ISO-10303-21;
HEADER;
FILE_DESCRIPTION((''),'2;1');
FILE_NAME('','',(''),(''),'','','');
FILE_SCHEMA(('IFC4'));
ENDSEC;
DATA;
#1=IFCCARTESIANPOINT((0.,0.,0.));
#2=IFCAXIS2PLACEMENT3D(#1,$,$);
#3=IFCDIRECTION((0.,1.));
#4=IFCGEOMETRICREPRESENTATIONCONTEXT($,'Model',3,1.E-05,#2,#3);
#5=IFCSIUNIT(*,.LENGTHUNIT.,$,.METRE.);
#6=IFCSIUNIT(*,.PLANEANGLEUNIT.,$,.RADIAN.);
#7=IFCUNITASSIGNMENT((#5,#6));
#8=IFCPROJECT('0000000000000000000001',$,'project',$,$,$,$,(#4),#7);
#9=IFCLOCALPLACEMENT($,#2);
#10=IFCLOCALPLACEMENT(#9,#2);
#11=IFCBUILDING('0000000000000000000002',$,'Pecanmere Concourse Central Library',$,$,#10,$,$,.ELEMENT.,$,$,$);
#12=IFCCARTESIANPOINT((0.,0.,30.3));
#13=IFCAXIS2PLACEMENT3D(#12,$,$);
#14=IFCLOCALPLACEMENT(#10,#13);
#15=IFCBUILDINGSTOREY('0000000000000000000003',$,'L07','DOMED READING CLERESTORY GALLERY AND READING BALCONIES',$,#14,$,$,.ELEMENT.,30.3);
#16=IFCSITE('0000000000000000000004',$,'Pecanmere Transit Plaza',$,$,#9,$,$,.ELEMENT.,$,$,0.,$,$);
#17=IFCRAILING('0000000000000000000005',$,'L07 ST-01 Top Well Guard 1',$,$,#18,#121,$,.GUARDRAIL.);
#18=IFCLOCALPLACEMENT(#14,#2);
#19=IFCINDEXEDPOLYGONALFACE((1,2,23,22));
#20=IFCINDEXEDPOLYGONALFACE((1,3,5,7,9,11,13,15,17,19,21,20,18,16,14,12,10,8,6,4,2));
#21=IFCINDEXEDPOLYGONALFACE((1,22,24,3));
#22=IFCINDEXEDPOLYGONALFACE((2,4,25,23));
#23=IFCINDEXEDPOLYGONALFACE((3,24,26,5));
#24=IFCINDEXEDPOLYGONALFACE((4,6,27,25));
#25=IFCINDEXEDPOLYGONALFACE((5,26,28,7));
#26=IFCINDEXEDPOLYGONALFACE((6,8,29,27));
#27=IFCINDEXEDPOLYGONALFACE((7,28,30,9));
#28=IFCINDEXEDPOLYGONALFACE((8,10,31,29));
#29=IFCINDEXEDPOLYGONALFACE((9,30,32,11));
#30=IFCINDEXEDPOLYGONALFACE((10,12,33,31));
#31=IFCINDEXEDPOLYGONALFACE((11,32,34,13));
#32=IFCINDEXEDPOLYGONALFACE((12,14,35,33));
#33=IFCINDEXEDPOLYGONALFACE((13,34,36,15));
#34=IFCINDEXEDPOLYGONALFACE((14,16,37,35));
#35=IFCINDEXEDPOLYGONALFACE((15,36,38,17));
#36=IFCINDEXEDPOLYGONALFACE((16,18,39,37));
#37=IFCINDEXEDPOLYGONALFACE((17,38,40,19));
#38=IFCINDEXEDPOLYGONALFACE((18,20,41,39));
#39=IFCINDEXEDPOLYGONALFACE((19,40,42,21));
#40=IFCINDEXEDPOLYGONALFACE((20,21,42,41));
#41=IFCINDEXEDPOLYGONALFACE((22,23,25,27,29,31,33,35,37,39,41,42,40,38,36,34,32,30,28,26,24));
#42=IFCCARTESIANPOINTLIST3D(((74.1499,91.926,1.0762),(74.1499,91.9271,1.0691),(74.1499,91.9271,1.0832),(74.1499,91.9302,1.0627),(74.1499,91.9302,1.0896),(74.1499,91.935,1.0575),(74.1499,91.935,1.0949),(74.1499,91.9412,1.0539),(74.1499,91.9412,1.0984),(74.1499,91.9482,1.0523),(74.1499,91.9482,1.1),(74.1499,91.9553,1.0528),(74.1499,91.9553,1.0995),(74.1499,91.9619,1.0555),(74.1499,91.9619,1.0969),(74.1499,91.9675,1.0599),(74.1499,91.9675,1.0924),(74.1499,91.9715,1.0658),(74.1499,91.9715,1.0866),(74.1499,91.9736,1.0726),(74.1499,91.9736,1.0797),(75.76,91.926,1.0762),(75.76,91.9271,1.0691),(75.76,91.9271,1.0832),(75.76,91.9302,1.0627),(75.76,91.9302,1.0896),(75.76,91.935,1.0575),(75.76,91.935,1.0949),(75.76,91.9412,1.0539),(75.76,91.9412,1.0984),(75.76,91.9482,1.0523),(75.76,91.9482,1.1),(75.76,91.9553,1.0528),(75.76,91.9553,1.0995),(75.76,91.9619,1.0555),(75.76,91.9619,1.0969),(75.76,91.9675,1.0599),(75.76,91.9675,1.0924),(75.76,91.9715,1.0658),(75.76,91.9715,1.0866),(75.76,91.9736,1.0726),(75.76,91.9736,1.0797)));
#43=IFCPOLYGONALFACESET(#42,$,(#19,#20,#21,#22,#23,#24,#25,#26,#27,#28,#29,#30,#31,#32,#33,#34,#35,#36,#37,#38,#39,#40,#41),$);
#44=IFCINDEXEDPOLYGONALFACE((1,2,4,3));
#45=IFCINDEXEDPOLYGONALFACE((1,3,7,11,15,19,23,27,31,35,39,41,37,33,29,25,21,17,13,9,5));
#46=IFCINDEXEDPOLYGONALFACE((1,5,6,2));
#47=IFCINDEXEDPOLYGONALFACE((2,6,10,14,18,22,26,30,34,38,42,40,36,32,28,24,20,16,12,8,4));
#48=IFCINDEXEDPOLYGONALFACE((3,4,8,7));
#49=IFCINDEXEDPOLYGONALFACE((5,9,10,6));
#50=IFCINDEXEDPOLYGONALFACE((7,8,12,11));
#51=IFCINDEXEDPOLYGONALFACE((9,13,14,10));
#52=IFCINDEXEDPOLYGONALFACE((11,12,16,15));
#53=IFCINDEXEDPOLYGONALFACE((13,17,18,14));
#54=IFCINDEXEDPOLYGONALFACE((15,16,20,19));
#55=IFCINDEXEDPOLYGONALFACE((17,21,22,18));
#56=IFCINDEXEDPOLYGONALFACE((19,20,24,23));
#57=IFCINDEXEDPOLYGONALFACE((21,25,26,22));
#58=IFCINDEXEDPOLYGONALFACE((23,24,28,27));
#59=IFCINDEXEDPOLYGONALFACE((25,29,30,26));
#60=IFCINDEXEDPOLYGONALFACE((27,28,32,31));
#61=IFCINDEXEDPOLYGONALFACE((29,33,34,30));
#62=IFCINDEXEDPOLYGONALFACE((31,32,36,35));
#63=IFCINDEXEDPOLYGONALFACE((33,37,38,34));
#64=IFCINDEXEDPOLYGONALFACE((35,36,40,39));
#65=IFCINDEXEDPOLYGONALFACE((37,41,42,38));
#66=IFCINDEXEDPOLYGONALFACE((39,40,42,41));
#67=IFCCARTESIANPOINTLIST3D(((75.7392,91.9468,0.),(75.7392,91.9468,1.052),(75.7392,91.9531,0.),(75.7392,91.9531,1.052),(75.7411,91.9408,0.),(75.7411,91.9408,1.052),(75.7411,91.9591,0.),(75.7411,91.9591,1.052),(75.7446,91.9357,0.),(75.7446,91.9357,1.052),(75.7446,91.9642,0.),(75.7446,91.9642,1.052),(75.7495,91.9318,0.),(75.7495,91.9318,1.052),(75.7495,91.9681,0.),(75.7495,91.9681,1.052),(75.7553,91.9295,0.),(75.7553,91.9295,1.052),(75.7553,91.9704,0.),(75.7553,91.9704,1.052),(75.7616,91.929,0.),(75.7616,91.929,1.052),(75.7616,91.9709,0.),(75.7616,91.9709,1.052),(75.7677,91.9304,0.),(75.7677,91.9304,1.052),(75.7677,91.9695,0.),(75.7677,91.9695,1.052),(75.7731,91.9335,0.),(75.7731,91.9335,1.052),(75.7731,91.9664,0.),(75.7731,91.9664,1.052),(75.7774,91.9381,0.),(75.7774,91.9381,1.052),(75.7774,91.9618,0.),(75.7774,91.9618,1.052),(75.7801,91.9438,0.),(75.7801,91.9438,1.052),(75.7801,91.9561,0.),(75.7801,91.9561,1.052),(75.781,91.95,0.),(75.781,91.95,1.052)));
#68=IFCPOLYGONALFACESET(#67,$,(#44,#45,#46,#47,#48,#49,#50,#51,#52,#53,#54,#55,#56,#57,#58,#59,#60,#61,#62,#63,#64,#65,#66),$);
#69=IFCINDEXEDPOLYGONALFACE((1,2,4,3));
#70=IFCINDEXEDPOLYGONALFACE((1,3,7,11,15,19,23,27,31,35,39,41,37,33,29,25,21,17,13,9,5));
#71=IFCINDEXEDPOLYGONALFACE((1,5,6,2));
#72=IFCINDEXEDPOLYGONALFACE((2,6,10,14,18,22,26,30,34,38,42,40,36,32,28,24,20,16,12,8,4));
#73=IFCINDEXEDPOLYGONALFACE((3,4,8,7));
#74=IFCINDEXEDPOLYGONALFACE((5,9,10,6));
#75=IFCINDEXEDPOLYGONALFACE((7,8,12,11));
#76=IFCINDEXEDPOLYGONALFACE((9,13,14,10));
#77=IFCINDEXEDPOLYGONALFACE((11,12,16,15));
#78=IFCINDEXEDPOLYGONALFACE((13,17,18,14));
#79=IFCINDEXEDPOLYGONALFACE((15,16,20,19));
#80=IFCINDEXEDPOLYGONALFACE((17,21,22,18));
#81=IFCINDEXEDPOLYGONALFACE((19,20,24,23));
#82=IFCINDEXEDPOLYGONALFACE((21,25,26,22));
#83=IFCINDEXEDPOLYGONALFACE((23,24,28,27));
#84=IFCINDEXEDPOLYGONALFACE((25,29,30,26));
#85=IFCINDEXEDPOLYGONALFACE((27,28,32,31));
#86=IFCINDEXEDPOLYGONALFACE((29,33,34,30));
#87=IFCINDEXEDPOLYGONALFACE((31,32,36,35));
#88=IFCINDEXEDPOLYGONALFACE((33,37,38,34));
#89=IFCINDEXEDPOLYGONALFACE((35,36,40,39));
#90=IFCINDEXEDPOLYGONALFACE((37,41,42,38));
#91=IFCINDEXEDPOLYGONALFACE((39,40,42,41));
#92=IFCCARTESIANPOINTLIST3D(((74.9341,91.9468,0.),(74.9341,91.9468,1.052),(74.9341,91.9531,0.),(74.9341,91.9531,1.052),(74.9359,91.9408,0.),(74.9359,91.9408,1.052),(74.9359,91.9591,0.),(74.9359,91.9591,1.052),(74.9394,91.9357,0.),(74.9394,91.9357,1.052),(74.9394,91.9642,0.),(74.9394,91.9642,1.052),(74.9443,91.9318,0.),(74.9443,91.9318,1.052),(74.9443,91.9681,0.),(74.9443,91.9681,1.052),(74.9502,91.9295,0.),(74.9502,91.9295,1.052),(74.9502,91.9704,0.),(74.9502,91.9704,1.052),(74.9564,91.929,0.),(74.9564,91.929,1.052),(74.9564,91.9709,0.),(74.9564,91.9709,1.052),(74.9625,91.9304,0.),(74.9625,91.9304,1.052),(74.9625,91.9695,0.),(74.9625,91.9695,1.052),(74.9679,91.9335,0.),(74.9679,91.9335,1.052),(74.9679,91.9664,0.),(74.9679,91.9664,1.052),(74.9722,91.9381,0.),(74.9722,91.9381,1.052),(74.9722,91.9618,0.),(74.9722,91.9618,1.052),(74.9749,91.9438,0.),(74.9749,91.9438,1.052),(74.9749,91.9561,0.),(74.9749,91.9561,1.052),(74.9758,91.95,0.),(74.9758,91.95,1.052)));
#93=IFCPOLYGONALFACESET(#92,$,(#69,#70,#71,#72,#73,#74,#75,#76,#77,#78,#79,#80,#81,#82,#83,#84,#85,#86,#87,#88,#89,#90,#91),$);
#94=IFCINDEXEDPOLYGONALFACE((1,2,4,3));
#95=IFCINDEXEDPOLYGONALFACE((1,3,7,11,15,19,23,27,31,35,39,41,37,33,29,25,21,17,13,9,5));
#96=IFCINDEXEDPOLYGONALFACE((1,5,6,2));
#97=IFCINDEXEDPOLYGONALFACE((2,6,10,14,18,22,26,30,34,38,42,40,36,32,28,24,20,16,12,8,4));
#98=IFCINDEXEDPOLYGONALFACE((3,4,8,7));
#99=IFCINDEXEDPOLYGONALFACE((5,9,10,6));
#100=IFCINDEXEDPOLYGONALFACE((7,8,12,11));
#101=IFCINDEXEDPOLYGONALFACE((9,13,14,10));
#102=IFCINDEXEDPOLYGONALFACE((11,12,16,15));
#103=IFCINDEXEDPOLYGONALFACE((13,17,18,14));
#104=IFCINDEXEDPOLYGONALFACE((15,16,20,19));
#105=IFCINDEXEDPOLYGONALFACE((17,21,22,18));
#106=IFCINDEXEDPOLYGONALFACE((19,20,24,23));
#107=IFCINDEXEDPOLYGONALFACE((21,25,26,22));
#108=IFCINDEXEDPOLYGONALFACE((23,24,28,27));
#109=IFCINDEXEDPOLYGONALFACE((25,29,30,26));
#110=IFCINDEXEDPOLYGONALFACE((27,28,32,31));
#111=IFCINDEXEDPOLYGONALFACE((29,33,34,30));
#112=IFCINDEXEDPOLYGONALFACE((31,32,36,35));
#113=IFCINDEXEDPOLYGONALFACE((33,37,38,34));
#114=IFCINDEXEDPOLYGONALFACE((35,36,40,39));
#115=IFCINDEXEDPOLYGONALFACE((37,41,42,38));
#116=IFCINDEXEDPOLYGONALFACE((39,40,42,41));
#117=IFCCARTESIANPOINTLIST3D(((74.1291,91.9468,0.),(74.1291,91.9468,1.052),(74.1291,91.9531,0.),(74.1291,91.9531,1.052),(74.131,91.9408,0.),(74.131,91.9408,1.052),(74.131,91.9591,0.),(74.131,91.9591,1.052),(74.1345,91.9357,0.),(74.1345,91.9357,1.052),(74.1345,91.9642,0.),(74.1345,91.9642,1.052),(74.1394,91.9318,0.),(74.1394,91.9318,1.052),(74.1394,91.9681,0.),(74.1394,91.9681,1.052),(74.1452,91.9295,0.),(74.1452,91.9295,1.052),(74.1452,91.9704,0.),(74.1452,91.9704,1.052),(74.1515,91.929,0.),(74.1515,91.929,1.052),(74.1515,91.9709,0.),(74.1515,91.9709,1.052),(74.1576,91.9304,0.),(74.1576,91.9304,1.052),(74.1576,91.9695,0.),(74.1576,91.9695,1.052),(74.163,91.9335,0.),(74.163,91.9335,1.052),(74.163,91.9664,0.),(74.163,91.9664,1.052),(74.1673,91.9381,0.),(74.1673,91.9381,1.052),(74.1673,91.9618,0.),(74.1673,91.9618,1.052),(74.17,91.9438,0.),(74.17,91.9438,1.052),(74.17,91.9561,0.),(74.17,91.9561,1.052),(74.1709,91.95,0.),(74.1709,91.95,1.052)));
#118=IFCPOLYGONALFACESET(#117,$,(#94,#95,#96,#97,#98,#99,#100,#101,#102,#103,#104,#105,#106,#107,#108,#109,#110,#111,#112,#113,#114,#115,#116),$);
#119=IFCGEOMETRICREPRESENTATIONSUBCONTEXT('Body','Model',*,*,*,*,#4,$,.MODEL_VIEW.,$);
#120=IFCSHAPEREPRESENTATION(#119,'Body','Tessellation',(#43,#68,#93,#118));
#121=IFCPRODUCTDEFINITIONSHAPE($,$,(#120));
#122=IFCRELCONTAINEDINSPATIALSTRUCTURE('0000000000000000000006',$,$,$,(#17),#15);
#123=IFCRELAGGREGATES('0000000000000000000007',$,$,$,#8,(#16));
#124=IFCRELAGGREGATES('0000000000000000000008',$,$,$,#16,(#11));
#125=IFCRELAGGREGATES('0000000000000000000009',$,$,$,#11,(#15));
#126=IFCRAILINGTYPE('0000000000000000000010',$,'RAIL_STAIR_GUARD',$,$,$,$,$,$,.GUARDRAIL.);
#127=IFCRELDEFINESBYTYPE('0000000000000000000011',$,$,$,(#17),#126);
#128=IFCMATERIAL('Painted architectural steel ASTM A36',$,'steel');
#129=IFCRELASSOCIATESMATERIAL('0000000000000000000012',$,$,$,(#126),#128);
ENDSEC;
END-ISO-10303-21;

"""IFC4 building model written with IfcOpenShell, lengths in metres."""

from ifc_helpers import new_model, si_unit, direction, frame, origin, origin_2d, place, context, subcontext, project, spatial, circle, extrude, material, type_object, element, save


model = new_model("IFC4")

# Units and contexts
model_context = context("Model", 3, precision=1e-05, world=origin(), true_north=direction((0.0, 1.0)))
body_context = subcontext(model_context, "Body", "Model", "MODEL_VIEW")
ifc_project = project(units=[si_unit("LENGTHUNIT", "METRE"), si_unit("PLANEANGLEUNIT", "RADIAN")], contexts=[model_context])

# Site, building, storey
site_placement = place(None, origin())
site = spatial("IfcSite", under=ifc_project, at=site_placement, Name="Pecanmere Transit Plaza", CompositionType="ELEMENT", RefElevation=0.0)
building_placement = place(site_placement, origin())
building = spatial("IfcBuilding", under=site, at=building_placement, Name="Pecanmere Concourse Central Library", CompositionType="ELEMENT")
storey_placement = place(building_placement, frame((0.0, 0.0, 30.3)))
storey = spatial("IfcBuildingStorey", under=building, at=storey_placement, Name="L07", Description="DOMED READING CLERESTORY GALLERY AND READING BALCONIES", CompositionType="ELEMENT", Elevation=30.3)

# Railing
ifc_material_1 = material(Name="Painted architectural steel ASTM A36", Category="steel")
railing_type_1 = type_object("IfcRailingType", Name="RAIL_STAIR_GUARD", PredefinedType="GUARDRAIL", material=ifc_material_1)
railing_1_placement = place(storey_placement, frame((75.76, 91.95, 0.0)))
element("IfcRailing", 1, at=railing_1_placement, inside=storey, type_object=railing_type_1, Name="L07 ST-01 Top Well Guard 1", PredefinedType="GUARDRAIL", context=body_context, shape_type="SweptSolid", body=[
    extrude(circle(Radius=0.0239, at=origin_2d()), frame((0.0, 0.0, 1.0762), z_axis=(-1.0, 0.0, 0.0), x_axis=(0.0, -1.0, 0.0)), (0.0, 0.0, 1.0), 1.6101),
    extrude(circle(Radius=0.021, at=origin_2d()), origin(), (0.0, 0.0, 1.0), 1.052),
    extrude(circle(Radius=0.021, at=origin_2d()), frame((-0.8052, 0.0, 0.0)), (0.0, 0.0, 1.0), 1.052),
    extrude(circle(Radius=0.021, at=origin_2d()), frame((-1.6101, 0.0, 0.0)), (0.0, 0.0, 1.0), 1.052),
])

save(model, "model.ifc")
